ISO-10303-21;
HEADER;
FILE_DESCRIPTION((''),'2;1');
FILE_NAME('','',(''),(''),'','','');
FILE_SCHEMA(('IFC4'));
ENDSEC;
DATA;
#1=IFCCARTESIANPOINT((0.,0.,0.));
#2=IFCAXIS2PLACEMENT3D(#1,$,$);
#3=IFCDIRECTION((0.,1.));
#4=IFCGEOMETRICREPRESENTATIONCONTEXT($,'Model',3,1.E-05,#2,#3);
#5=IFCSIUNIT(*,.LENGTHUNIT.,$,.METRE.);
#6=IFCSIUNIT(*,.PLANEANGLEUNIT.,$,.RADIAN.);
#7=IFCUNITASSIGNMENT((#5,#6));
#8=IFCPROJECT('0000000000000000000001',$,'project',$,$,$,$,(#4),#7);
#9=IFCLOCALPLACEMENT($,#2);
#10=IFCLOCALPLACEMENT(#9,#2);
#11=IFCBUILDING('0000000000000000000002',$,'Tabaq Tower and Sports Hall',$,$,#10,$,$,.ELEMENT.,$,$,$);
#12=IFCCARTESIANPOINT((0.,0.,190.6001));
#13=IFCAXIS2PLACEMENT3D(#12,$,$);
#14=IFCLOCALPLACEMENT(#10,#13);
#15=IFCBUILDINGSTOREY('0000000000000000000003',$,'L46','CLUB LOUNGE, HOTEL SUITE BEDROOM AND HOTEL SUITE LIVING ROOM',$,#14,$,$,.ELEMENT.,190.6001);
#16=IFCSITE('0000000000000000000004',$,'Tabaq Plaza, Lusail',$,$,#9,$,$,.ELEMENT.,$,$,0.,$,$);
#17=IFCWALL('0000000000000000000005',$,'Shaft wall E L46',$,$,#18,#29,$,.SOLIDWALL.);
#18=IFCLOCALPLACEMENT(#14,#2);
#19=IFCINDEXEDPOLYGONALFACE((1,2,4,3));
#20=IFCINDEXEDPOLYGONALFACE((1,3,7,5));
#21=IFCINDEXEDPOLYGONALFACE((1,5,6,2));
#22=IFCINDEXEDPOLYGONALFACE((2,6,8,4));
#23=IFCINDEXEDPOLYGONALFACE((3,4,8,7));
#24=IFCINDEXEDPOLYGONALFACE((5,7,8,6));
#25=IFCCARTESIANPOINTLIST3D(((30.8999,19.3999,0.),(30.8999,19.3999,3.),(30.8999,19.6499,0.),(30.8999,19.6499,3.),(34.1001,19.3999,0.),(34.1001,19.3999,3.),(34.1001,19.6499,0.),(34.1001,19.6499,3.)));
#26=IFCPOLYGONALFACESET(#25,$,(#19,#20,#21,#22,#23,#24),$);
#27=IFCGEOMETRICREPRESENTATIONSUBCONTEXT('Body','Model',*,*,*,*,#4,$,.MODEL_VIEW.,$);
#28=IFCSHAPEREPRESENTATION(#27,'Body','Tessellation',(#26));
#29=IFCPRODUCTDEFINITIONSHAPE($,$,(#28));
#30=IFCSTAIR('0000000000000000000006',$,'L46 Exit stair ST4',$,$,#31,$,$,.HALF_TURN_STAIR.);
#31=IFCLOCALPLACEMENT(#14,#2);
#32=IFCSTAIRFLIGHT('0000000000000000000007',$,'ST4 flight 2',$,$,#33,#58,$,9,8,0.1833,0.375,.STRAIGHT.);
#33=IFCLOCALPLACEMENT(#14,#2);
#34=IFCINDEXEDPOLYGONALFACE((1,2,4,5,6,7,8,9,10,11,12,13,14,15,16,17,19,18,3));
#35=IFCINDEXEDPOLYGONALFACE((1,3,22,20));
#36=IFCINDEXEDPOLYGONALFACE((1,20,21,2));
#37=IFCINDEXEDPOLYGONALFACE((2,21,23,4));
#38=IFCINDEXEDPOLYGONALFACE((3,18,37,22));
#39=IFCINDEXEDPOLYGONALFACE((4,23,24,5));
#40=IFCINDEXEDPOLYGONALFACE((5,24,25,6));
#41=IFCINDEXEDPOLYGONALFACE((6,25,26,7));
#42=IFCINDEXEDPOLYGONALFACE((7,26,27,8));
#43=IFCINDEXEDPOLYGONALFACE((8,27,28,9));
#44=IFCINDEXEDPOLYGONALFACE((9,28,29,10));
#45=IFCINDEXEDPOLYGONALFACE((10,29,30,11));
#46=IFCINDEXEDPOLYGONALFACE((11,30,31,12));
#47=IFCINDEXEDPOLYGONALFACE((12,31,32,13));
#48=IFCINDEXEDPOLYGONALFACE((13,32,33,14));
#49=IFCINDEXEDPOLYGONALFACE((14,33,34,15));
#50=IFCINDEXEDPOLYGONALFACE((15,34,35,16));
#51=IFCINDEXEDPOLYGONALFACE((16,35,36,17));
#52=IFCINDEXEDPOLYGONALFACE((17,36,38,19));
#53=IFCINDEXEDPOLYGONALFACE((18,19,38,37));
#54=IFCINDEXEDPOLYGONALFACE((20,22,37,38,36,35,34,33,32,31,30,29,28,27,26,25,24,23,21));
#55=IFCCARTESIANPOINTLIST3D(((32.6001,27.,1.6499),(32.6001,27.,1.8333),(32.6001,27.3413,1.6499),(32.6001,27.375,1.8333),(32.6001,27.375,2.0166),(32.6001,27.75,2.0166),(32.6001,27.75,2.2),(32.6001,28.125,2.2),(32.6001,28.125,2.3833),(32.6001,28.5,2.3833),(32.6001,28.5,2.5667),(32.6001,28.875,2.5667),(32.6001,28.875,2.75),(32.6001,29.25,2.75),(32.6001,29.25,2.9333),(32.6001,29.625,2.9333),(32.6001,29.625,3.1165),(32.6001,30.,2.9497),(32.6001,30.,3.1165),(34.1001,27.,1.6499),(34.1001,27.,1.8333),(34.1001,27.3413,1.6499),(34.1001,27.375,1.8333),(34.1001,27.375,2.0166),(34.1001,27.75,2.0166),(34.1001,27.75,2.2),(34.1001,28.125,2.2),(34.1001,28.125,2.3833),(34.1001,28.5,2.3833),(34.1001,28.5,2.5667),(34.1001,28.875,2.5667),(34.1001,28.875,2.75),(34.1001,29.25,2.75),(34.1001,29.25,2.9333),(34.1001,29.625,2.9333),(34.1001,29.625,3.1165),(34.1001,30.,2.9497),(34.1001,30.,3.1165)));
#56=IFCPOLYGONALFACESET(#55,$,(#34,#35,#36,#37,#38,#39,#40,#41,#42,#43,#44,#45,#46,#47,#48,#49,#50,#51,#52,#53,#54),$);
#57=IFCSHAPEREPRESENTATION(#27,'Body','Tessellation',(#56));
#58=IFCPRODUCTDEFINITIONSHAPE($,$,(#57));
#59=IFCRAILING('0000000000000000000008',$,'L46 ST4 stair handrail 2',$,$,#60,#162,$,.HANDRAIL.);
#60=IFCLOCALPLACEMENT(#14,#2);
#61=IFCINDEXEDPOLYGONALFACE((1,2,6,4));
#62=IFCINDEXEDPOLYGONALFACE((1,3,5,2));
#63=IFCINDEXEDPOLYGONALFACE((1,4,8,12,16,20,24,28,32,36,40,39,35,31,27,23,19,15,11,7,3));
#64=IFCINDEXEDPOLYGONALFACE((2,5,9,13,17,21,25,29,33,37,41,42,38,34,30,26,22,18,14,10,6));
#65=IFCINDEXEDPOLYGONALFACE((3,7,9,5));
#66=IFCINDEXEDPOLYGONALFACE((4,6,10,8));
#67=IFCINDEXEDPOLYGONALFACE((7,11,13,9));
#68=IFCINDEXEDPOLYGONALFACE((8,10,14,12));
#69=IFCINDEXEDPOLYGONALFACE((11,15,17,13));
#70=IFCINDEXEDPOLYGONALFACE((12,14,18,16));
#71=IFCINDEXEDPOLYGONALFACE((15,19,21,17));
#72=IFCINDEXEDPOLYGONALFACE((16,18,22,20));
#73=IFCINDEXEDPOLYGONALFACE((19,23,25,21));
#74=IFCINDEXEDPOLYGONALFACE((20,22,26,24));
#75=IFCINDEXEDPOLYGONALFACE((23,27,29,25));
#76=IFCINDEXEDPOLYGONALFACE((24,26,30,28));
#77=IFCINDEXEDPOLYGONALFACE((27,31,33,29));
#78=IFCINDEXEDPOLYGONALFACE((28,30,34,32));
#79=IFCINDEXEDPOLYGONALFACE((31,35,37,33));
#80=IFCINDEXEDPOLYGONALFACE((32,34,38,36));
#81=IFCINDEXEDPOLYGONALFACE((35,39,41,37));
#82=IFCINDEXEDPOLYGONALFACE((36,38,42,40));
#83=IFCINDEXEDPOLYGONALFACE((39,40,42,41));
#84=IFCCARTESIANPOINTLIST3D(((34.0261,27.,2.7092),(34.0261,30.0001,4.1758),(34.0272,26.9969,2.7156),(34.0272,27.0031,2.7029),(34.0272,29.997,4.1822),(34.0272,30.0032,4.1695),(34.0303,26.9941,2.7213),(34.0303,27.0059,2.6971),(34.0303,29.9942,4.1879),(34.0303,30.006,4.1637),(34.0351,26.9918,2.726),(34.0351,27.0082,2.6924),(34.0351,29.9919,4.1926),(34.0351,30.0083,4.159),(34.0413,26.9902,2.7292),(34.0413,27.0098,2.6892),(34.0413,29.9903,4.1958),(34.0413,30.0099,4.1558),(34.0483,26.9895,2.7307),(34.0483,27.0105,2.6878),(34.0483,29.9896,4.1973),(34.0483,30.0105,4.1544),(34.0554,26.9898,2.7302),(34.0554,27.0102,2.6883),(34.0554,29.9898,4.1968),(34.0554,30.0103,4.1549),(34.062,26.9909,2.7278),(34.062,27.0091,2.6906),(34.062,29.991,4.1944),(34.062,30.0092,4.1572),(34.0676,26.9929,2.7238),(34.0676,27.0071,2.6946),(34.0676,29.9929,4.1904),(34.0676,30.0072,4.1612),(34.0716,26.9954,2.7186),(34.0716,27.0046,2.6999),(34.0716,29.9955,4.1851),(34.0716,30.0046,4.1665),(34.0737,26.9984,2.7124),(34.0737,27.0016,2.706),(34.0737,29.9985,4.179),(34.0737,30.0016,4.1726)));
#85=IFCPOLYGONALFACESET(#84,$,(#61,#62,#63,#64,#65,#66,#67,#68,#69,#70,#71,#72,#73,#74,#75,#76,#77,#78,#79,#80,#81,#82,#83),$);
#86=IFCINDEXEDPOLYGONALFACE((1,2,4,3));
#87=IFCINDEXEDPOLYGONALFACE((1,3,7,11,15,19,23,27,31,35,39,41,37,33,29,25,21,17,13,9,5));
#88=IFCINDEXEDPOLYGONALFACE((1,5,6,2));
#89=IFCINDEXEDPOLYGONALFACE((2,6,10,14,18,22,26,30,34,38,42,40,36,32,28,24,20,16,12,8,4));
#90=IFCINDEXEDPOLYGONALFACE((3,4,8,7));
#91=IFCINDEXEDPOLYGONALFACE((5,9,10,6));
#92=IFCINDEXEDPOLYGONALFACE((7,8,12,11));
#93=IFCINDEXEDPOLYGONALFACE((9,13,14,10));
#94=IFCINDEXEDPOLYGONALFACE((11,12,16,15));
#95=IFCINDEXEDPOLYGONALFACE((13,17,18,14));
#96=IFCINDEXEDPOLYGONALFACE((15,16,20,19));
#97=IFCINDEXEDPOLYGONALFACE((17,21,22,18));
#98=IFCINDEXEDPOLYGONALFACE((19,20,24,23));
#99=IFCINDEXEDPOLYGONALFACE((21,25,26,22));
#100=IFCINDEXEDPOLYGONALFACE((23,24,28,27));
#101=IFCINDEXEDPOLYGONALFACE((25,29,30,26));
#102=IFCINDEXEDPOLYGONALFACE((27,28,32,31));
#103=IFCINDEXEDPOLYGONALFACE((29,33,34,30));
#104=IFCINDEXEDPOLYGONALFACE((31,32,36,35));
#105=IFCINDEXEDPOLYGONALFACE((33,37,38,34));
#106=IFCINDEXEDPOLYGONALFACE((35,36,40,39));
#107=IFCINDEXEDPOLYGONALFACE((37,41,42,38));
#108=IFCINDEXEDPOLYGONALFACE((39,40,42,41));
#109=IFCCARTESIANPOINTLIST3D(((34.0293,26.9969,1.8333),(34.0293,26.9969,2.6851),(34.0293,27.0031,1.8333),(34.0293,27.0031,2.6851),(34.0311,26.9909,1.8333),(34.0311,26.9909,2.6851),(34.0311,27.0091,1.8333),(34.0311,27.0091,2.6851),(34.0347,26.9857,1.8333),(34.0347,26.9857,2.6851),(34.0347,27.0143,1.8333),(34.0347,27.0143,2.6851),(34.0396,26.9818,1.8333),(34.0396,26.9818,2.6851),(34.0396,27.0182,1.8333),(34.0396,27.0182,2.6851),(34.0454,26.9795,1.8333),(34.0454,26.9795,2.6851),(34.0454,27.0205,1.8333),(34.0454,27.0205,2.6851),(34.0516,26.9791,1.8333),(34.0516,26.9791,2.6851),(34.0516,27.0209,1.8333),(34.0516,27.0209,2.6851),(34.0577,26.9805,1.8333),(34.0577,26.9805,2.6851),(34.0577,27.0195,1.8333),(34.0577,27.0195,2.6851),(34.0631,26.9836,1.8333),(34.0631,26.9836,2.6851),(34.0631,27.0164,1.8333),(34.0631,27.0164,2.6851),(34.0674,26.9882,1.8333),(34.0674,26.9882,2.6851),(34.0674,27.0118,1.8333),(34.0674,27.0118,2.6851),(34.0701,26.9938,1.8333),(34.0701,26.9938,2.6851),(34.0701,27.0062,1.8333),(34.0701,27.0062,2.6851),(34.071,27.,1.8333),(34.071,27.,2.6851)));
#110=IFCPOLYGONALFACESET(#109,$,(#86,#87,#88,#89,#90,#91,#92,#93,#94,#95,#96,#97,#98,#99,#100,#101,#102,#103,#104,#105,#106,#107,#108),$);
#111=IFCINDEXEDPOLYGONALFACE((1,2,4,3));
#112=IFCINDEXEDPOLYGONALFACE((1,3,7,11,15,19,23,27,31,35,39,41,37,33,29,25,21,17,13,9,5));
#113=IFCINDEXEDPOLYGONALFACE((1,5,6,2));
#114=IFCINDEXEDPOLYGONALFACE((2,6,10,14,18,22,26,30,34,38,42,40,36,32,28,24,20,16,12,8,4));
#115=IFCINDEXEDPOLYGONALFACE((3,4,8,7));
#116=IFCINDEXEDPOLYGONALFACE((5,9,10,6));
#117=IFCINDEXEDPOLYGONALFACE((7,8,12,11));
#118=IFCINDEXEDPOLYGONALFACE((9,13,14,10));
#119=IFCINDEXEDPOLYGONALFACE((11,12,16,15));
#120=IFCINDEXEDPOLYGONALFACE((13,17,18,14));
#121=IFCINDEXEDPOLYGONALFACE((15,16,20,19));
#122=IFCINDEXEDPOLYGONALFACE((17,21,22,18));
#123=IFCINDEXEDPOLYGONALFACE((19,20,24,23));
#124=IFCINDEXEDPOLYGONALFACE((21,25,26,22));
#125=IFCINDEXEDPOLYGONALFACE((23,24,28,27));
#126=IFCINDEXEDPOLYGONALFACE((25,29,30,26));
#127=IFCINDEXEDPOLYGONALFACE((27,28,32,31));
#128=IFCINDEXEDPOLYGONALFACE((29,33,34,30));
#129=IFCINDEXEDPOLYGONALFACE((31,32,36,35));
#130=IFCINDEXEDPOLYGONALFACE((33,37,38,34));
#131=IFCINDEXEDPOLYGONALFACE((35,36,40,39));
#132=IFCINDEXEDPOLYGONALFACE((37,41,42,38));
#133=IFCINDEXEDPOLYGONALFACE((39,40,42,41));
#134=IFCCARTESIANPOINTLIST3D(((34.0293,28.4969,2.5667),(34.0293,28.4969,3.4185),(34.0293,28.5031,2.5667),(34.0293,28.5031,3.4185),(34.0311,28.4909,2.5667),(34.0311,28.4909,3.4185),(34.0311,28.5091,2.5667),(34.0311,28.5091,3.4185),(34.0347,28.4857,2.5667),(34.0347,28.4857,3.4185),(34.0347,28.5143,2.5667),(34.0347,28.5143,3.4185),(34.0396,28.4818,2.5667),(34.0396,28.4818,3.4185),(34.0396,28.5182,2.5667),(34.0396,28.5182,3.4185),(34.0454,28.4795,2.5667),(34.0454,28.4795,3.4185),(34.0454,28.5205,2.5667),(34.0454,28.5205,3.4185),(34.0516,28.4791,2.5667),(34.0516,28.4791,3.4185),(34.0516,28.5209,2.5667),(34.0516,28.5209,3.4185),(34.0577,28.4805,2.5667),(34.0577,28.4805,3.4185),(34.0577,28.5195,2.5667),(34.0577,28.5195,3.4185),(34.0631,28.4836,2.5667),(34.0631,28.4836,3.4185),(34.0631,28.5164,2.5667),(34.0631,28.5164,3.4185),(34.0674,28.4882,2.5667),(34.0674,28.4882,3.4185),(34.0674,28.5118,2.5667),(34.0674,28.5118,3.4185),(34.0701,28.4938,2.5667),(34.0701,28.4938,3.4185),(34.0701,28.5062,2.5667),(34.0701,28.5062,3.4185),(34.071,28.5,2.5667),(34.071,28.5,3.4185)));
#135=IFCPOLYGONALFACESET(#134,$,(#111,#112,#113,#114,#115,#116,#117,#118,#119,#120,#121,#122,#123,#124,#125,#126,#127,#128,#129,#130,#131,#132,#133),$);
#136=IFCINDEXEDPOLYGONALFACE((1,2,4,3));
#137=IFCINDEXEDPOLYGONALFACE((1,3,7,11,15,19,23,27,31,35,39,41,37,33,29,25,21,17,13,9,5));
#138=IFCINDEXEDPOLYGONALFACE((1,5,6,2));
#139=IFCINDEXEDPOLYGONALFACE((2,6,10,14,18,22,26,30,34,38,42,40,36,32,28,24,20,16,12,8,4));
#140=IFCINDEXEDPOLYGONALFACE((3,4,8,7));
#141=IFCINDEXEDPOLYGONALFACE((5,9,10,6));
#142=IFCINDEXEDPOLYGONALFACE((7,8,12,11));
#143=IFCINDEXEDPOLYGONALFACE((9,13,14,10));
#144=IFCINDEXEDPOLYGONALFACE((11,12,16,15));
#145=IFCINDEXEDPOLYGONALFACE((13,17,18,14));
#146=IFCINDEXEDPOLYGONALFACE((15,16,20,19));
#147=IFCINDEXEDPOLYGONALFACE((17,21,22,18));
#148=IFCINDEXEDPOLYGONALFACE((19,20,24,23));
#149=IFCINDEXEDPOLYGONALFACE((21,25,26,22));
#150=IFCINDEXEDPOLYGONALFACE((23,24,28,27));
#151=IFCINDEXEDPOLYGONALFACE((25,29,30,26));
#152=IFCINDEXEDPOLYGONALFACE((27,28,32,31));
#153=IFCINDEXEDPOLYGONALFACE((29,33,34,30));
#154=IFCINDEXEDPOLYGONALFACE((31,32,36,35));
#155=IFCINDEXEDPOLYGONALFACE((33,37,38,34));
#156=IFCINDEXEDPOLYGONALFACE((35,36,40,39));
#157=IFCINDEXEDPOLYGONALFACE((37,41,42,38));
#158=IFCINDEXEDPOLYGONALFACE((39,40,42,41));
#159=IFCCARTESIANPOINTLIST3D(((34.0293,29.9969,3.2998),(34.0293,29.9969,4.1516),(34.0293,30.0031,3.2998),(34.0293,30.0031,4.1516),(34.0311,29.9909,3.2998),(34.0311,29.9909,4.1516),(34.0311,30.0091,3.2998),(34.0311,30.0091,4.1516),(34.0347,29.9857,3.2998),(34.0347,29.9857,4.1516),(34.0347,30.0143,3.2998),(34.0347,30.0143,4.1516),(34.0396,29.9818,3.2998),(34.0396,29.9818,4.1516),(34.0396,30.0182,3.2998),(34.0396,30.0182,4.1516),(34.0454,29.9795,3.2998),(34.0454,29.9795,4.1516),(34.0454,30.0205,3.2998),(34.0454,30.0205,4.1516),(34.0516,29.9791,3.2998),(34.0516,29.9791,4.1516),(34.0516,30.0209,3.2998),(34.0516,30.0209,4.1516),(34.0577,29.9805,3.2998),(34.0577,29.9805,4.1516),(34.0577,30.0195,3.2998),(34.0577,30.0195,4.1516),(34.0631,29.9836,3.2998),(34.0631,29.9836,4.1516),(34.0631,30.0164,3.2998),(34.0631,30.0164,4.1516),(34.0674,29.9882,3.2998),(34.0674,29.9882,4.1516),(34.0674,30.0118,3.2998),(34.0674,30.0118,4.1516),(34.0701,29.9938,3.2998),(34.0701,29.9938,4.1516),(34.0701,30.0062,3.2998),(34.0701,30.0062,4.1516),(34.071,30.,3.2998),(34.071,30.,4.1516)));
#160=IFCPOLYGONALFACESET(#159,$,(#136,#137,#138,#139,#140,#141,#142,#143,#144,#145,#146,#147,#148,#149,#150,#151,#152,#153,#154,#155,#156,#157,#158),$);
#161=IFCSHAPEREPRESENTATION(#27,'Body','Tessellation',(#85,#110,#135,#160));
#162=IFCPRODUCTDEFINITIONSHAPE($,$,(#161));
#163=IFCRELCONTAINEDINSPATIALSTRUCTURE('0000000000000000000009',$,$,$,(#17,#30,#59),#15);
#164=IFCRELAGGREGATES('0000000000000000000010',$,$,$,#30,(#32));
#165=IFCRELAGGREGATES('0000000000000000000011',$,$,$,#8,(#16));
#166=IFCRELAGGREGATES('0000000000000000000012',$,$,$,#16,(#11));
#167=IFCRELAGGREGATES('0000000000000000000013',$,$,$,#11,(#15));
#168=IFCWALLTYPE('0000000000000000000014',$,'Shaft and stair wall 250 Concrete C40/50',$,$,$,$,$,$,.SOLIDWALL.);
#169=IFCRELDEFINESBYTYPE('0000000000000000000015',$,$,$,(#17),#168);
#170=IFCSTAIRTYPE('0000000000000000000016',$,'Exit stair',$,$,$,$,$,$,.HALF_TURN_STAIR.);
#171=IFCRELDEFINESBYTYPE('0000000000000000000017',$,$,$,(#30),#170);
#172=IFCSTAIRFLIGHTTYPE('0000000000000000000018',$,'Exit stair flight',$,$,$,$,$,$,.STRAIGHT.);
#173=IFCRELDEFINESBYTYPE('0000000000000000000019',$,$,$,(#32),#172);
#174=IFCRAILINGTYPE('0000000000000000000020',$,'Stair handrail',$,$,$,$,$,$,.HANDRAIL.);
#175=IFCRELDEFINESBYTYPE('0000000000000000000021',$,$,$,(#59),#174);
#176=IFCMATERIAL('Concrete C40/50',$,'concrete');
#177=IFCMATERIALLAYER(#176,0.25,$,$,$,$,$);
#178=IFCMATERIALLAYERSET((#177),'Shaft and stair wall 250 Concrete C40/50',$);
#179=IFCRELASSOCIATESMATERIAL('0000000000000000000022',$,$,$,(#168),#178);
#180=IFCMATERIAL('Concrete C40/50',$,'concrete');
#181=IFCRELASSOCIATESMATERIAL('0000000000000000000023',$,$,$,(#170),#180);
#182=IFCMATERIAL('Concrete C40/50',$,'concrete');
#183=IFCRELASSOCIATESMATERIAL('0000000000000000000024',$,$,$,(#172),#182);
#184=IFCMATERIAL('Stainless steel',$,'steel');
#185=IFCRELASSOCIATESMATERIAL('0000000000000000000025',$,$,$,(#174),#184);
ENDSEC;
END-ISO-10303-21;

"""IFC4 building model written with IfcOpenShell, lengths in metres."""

from ifc_helpers import new_model, si_unit, direction, frame, frame_2d, origin, origin_2d, place, context, subcontext, project, spatial, polyline, rectangle, circle, outline, extrude, material, layer, layer_set, type_object, element, aggregate, save


model = new_model("IFC4")

# Units and contexts
model_context = context("Model", 3, precision=1e-05, world=origin(), true_north=direction((0.0, 1.0)))
body_context = subcontext(model_context, "Body", "Model", "MODEL_VIEW")
ifc_project = project(units=[si_unit("LENGTHUNIT", "METRE"), si_unit("PLANEANGLEUNIT", "RADIAN")], contexts=[model_context])

# Site, building, storey
site_placement = place(None, origin())
site = spatial("IfcSite", under=ifc_project, at=site_placement, Name="Tabaq Plaza, Lusail", CompositionType="ELEMENT", RefElevation=0.0)
building_placement = place(site_placement, origin())
building = spatial("IfcBuilding", under=site, at=building_placement, Name="Tabaq Tower and Sports Hall", CompositionType="ELEMENT")
storey_placement = place(building_placement, frame((0.0, 0.0, 190.6001)))
storey = spatial("IfcBuildingStorey", under=building, at=storey_placement, Name="L46", Description="CLUB LOUNGE, HOTEL SUITE BEDROOM AND HOTEL SUITE LIVING ROOM", CompositionType="ELEMENT", Elevation=190.6001)

# Shared definitions
ifc_material_1 = material(Name="Concrete C40/50", Category="concrete")
ifc_layer_1 = layer(ifc_material_1, 0.25)
ifc_layer_set_1 = layer_set([ifc_layer_1], Name="Shaft and stair wall 250 Concrete C40/50")
wall_type_1 = type_object("IfcWallType", Name="Shaft and stair wall 250 Concrete C40/50", PredefinedType="SOLIDWALL", material=ifc_layer_set_1)

# Wall
wall_1_placement = place(storey_placement, frame((30.8999, 19.5249, 0.0), z_axis=(0.0, 0.0, 1.0), x_axis=(1.0, 0.0, 0.0)))
element("IfcWall", 1, at=wall_1_placement, inside=storey, type_object=wall_type_1, Name="Shaft wall E L46", PredefinedType="SOLIDWALL", context=body_context, shape_type="SweptSolid", body=[
    extrude(rectangle(XDim=3.2002, YDim=0.25, at=frame_2d((1.6001, 0.0))), origin(), (0.0, 0.0, 1.0), 3.0),
])

# Stair, stair flight
ifc_material_2 = material(Name="Concrete C40/50", Category="concrete")
stair_type = type_object("IfcStairType", Name="Exit stair", PredefinedType="HALF_TURN_STAIR", material=ifc_material_2)
stair_placement = place(storey_placement, origin())
stair = element("IfcStair", 2, at=stair_placement, inside=storey, type_object=stair_type, Name="L46 Exit stair ST4", PredefinedType="HALF_TURN_STAIR")
ifc_material_3 = material(Name="Concrete C40/50", Category="concrete")
stair_flight_type = type_object("IfcStairFlightType", Name="Exit stair flight", PredefinedType="STRAIGHT", material=ifc_material_3)
stair_flight_placement = place(storey_placement, frame((33.3501, 27.0, 1.6499), z_axis=(0.0, 0.0, 1.0), x_axis=(0.0, 1.0, 0.0)))
stair_flight = element("IfcStairFlight", 3, at=stair_flight_placement, type_object=stair_flight_type, Name="ST4 flight 2", NumberOfRisers=9, NumberOfTreads=8, PredefinedType="STRAIGHT", RiserHeight=0.1833, TreadLength=0.375, context=body_context, shape_type="SweptSolid", body=[
    extrude(outline(polyline([(0.0, 0.0), (0.0, 0.1833), (0.375, 0.1833), (0.375, 0.3667), (0.75, 0.3667), (0.75, 0.55), (1.125, 0.55), (1.125, 0.7334), (1.5, 0.7334), (1.5, 0.9167), (1.875, 0.9167), (1.875, 1.1001), (2.25, 1.1001), (2.25, 1.2834), (2.625, 1.2834), (2.625, 1.4666), (3.0, 1.4666), (3.0, 1.6499), (3.0, 1.2998), (0.3413, 0.0), (0.0, 0.0)])), frame((0.0, 0.75, 0.0), z_axis=(0.0, -1.0, 0.0), x_axis=(1.0, 0.0, 0.0)), (0.0, 0.0, 1.0), 1.5),
])
aggregate(stair, [stair_flight])

# Railing
ifc_material_4 = material(Name="Stainless steel", Category="steel")
railing_type = type_object("IfcRailingType", Name="Stair handrail", PredefinedType="HANDRAIL", material=ifc_material_4)
railing_placement = place(storey_placement, frame((34.05, 27.0, 1.8333)))
element("IfcRailing", 4, at=railing_placement, inside=storey, type_object=railing_type, Name="L46 ST4 stair handrail 2", PredefinedType="HANDRAIL", context=body_context, shape_type="SweptSolid", body=[
    extrude(circle(Radius=0.0239, at=origin_2d()), frame((0.0, 0.0, 0.876), z_axis=(0.0, 0.898398, 0.439183), x_axis=(-1.0, 0.0, 0.0)), (0.0, 0.0, 1.0), 3.3394),
    extrude(circle(Radius=0.021, at=origin_2d()), origin(), (0.0, 0.0, 1.0), 0.8518),
    extrude(circle(Radius=0.021, at=origin_2d()), frame((0.0, 1.5, 0.7334)), (0.0, 0.0, 1.0), 0.8518),
    extrude(circle(Radius=0.021, at=origin_2d()), frame((0.0, 3.0, 1.4666)), (0.0, 0.0, 1.0), 0.8518),
])

save(model, "model.ifc")
